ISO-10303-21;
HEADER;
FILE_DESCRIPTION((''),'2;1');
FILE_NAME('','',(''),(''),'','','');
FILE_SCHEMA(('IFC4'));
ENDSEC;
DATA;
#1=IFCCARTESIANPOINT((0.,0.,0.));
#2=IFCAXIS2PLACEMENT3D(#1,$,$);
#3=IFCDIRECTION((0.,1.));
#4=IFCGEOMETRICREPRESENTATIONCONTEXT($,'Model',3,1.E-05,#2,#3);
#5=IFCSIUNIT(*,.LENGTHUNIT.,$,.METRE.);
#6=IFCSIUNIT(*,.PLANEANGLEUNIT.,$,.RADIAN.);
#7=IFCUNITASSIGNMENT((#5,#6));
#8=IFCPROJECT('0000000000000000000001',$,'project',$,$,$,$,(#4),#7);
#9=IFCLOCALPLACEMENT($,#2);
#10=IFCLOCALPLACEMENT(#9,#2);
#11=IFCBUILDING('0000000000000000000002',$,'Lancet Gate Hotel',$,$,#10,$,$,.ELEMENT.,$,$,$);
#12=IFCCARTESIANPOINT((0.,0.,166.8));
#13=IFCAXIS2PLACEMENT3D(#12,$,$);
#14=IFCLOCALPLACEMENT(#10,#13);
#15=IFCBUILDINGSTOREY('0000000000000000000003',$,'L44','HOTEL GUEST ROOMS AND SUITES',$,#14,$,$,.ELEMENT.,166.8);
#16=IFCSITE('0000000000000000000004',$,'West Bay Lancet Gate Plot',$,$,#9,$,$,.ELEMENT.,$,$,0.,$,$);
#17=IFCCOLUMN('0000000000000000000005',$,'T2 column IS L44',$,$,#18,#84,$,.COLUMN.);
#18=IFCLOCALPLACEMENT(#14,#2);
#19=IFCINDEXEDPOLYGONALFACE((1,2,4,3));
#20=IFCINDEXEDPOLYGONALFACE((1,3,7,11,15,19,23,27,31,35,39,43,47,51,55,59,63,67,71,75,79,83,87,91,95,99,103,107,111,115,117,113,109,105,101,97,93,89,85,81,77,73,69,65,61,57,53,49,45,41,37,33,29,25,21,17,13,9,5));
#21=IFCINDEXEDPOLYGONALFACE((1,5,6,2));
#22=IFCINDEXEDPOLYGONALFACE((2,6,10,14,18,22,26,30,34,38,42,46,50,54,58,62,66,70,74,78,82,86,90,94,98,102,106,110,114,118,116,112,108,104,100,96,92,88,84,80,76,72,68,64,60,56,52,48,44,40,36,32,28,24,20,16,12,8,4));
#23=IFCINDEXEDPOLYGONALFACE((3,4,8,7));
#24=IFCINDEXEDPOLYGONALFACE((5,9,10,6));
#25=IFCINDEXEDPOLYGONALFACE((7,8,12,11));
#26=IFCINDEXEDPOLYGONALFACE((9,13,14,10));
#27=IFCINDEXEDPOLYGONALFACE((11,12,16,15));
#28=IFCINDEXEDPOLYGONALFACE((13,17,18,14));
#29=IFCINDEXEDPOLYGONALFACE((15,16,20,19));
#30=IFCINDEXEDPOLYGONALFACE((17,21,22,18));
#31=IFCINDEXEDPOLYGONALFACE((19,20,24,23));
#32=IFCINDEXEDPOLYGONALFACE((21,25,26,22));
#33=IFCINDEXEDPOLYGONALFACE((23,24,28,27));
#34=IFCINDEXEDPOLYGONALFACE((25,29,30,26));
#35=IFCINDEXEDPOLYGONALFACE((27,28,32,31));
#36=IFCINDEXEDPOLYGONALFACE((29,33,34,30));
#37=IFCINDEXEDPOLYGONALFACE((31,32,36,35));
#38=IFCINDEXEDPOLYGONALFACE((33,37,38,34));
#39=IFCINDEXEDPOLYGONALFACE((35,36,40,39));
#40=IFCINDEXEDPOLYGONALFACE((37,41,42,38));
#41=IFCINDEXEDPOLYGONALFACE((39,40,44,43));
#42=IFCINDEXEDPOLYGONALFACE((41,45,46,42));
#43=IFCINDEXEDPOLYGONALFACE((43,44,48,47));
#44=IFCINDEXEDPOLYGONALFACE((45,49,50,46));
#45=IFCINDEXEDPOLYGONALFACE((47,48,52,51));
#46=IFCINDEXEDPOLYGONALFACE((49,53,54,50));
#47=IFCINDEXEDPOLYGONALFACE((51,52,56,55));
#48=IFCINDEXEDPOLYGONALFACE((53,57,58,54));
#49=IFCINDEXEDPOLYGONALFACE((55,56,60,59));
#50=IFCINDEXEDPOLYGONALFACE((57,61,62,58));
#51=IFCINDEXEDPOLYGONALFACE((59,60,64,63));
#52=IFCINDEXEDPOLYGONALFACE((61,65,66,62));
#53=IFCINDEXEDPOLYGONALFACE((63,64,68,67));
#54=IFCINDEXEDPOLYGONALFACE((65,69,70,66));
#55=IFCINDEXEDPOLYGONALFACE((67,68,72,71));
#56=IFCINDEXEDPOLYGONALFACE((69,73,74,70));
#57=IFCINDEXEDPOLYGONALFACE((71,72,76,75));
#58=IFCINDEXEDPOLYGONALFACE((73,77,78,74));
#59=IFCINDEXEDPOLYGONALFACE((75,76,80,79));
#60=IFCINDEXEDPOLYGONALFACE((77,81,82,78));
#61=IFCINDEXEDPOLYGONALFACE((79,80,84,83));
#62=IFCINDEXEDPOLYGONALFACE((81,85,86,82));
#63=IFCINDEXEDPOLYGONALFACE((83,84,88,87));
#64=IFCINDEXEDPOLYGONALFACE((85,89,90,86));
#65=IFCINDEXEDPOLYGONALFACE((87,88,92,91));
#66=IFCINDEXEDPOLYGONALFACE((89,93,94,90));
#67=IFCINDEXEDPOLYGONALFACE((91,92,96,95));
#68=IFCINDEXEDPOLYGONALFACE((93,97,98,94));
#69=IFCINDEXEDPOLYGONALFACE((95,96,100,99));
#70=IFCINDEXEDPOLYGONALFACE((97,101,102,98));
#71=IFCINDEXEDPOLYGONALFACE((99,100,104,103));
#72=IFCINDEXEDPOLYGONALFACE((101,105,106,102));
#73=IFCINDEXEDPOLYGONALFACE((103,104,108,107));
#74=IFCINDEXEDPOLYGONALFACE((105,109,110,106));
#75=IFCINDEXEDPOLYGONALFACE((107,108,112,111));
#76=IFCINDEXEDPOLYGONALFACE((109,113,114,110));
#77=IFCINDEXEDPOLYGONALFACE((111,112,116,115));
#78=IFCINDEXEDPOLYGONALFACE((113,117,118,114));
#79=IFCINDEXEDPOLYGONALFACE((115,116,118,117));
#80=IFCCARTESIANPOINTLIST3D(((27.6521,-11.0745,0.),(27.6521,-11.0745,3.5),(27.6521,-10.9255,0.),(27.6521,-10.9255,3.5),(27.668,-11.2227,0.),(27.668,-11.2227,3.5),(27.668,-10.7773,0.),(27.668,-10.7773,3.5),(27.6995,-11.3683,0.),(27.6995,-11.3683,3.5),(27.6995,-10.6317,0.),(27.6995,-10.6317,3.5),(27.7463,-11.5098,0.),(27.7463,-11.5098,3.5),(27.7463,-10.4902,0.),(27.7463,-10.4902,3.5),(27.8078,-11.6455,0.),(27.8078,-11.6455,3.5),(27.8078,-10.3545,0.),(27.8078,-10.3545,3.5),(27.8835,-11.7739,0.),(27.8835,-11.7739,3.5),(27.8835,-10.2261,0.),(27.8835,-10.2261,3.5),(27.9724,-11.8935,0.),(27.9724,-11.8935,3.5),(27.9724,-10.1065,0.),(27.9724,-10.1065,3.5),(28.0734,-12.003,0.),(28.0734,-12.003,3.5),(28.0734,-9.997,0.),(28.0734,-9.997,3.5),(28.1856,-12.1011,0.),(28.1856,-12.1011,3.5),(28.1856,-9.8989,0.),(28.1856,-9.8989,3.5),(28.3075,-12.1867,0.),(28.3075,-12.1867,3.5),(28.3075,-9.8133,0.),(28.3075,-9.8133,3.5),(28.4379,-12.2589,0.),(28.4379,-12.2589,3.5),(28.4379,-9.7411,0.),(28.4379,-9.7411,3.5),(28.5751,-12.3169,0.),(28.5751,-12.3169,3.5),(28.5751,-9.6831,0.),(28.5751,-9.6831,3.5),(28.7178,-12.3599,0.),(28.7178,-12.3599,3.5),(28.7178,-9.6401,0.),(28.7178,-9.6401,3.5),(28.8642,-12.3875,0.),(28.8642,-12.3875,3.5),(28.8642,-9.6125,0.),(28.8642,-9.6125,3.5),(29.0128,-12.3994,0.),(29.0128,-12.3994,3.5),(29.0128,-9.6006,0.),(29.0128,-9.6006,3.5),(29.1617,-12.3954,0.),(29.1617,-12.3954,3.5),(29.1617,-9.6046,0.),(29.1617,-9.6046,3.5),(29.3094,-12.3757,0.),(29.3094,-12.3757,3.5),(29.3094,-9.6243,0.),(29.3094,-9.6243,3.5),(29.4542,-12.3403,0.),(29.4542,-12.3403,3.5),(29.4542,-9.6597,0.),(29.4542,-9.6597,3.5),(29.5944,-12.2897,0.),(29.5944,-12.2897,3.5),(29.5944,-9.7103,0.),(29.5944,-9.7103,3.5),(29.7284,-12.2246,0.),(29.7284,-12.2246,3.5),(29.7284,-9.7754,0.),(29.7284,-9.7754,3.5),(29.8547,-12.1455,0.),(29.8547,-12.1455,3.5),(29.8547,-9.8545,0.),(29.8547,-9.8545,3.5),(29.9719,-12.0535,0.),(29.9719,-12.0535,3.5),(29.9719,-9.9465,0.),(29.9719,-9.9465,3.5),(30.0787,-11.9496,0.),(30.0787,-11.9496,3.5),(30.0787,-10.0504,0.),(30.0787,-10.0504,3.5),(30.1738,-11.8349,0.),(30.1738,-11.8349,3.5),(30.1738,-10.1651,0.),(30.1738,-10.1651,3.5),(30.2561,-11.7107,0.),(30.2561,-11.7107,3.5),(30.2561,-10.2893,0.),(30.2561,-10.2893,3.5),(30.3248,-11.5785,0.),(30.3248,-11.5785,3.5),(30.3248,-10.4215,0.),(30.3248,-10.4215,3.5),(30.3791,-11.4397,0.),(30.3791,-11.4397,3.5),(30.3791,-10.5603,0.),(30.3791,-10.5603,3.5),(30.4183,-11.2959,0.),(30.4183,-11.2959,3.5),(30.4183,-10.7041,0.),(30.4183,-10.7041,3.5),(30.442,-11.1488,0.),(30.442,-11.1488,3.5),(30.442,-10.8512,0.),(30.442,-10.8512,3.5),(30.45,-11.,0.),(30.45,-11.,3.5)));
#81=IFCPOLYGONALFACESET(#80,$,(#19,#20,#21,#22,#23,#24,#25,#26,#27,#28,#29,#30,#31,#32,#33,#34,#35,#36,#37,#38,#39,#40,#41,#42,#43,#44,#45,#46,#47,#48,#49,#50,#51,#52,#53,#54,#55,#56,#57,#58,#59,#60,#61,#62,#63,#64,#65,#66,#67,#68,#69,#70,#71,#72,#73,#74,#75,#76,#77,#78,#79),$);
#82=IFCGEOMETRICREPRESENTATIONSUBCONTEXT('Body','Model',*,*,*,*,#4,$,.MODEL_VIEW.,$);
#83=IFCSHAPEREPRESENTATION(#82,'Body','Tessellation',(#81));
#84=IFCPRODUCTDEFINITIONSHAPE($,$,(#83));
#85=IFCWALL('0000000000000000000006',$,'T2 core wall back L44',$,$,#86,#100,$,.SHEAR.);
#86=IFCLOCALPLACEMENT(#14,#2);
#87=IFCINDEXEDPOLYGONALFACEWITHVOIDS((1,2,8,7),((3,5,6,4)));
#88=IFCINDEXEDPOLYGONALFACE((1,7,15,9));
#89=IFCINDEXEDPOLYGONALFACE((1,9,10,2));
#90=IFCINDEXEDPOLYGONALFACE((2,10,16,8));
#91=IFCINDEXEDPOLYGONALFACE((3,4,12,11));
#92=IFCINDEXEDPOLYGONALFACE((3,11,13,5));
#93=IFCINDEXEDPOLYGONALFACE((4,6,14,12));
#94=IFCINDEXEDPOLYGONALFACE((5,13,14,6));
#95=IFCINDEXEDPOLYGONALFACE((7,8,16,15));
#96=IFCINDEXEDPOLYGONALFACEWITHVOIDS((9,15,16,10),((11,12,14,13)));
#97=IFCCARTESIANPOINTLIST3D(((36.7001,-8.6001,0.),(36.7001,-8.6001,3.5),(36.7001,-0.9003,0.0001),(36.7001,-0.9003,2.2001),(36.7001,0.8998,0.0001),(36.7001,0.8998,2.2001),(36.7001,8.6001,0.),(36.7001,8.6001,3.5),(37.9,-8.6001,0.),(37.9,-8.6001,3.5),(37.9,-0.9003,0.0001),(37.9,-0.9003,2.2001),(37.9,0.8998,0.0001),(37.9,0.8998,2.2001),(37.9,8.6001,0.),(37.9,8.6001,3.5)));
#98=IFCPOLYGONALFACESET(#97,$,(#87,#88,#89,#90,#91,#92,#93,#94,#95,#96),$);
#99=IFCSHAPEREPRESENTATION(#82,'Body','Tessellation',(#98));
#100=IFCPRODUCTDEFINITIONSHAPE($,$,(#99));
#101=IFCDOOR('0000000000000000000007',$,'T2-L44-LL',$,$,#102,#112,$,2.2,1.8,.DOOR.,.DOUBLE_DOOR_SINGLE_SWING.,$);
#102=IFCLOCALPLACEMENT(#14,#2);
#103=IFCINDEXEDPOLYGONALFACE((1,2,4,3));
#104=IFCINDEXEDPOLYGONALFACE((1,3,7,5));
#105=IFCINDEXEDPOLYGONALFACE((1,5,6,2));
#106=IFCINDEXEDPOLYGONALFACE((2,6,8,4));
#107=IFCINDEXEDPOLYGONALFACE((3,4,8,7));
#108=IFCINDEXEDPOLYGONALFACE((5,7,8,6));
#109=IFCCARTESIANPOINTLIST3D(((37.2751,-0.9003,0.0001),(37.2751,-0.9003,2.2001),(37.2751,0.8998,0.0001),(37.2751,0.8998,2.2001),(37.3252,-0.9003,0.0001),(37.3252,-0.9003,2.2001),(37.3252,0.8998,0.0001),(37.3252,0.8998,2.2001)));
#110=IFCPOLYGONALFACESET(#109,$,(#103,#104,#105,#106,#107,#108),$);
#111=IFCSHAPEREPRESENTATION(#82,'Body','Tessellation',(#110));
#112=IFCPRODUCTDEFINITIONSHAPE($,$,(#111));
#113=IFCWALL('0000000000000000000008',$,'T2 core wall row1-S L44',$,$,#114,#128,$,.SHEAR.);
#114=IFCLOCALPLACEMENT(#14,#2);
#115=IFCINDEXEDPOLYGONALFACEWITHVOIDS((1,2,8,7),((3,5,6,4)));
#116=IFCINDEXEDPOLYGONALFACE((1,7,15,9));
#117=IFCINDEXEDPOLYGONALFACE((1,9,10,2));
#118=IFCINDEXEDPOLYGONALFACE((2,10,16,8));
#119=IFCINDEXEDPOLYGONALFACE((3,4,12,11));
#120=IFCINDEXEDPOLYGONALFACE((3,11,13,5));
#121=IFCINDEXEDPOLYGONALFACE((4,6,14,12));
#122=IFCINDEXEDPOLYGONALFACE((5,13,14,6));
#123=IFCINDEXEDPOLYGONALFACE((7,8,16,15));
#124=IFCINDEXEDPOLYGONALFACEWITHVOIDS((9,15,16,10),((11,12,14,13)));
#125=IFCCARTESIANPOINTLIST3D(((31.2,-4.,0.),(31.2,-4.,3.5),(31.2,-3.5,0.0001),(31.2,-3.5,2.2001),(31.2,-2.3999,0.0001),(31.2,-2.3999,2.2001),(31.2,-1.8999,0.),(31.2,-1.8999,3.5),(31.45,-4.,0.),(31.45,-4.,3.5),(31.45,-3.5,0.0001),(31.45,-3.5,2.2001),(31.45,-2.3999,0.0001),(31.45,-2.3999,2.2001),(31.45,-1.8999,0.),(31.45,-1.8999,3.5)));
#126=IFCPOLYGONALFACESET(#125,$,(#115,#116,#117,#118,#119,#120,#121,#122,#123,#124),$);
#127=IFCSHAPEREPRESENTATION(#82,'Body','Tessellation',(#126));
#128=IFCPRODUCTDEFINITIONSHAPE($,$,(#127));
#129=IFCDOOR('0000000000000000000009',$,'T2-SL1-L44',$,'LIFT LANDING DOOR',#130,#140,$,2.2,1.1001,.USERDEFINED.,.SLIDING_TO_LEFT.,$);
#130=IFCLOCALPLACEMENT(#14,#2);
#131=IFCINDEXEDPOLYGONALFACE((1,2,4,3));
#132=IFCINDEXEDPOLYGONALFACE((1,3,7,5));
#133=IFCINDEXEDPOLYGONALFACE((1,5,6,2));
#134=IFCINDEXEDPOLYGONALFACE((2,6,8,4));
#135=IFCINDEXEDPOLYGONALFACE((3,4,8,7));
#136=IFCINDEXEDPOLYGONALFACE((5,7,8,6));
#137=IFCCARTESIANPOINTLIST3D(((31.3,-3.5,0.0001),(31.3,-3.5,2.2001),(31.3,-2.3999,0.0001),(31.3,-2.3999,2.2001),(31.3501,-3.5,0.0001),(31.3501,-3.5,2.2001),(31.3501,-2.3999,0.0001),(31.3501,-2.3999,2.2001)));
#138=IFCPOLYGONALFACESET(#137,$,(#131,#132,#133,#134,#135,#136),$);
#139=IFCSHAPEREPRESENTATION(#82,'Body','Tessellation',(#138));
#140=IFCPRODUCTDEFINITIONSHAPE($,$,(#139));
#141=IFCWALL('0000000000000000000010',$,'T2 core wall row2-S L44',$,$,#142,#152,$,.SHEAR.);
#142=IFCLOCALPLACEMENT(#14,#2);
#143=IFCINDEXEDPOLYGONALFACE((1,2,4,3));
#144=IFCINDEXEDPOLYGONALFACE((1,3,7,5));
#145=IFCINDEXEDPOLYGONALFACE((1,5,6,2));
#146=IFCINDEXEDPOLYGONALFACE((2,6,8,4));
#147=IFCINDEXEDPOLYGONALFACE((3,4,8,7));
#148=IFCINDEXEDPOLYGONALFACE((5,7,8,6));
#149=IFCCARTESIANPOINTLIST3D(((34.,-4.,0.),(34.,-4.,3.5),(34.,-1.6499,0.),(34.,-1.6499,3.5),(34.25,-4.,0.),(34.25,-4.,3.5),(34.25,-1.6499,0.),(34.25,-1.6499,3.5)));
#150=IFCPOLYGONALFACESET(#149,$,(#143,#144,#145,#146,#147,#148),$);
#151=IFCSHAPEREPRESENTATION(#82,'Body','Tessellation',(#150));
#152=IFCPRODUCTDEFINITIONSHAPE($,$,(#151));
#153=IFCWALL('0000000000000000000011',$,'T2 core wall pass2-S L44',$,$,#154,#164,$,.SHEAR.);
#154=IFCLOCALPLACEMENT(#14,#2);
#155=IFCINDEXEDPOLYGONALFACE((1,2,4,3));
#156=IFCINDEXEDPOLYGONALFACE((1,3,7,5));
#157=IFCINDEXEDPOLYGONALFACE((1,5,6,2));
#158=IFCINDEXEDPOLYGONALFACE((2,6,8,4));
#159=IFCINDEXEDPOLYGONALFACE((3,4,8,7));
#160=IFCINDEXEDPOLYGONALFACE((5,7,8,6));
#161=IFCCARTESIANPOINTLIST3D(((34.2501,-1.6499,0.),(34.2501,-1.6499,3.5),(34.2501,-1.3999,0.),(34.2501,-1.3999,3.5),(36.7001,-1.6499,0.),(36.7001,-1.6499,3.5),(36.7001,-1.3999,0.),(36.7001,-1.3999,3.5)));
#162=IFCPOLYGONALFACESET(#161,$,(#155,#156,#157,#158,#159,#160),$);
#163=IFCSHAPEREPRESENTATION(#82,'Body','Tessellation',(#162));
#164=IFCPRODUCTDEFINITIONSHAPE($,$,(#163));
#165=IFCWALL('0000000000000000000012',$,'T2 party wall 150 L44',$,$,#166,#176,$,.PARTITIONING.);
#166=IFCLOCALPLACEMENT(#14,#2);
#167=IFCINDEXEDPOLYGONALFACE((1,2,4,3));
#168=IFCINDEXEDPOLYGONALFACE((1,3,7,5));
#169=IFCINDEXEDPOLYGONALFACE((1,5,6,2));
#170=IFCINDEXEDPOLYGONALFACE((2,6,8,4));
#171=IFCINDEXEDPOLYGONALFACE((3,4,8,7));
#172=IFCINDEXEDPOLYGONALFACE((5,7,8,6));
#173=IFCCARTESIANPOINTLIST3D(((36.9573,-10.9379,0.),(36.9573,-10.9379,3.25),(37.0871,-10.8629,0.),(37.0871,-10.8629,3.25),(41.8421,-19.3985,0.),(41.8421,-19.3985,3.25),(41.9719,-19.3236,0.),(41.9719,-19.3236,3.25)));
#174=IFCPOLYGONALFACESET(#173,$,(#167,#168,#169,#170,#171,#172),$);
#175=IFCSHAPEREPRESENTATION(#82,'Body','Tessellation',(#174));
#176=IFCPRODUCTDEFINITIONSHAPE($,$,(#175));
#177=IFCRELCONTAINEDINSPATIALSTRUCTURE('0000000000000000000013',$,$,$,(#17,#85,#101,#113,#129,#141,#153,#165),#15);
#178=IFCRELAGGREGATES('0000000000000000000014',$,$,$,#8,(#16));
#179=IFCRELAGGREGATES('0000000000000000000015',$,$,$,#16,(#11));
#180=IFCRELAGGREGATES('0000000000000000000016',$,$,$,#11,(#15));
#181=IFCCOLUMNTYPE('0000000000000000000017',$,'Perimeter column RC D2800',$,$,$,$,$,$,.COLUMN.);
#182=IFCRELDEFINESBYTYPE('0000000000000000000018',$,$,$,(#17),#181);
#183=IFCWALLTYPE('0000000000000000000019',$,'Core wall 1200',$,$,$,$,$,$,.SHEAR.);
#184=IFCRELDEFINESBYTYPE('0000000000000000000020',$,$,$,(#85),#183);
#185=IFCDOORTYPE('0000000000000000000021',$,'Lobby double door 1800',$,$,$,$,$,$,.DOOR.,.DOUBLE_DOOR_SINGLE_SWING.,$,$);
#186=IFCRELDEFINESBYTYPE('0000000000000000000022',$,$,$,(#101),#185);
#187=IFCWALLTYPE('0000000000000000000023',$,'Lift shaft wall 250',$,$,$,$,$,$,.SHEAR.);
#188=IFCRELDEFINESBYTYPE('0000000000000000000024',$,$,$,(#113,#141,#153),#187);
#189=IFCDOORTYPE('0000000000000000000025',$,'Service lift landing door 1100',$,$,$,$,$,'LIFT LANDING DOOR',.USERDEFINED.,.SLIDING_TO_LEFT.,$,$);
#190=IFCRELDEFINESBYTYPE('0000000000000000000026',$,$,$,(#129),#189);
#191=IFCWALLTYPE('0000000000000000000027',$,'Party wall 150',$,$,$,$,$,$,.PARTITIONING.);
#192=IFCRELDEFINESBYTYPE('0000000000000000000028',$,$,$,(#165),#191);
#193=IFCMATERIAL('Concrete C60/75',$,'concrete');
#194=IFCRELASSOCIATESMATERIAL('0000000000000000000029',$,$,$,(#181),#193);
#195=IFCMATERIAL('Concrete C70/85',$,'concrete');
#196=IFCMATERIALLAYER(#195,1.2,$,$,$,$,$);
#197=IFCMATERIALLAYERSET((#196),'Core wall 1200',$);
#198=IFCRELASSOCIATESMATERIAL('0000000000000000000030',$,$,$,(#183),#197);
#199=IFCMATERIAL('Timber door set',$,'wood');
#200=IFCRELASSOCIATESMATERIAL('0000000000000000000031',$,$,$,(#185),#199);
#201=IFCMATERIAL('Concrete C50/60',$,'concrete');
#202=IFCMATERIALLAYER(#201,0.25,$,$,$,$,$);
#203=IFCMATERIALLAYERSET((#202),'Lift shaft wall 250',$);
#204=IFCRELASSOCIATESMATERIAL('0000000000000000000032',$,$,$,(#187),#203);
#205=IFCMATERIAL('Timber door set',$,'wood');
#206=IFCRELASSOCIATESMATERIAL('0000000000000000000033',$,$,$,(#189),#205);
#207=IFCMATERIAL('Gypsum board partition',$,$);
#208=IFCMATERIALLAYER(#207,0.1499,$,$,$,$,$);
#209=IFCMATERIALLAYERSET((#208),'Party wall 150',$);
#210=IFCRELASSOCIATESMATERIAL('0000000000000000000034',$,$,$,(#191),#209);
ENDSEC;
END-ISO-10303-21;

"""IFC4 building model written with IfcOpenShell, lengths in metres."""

from ifc_helpers import new_model, si_unit, direction, frame, frame_2d, origin, origin_2d, place, context, subcontext, project, spatial, rectangle, circle, extrude, material, layer, layer_set, material_profile, profile_set, type_object, element, fill, save


model = new_model("IFC4")

# Units and contexts
model_context = context("Model", 3, precision=1e-05, world=origin(), true_north=direction((0.0, 1.0)))
body_context = subcontext(model_context, "Body", "Model", "MODEL_VIEW")
ifc_project = project(units=[si_unit("LENGTHUNIT", "METRE"), si_unit("PLANEANGLEUNIT", "RADIAN")], contexts=[model_context])

# Site, building, storey
site_placement = place(None, origin())
site = spatial("IfcSite", under=ifc_project, at=site_placement, Name="West Bay Lancet Gate Plot", CompositionType="ELEMENT", RefElevation=0.0)
building_placement = place(site_placement, origin())
building = spatial("IfcBuilding", under=site, at=building_placement, Name="Lancet Gate Hotel", CompositionType="ELEMENT")
storey_placement = place(building_placement, frame((0.0, 0.0, 166.8)))
storey = spatial("IfcBuildingStorey", under=building, at=storey_placement, Name="L44", Description="HOTEL GUEST ROOMS AND SUITES", CompositionType="ELEMENT", Elevation=166.8)

# Column
ifc_material_1 = material(Name="Concrete C60/75", Category="concrete")
ifc_material_profile = material_profile(ifc_material_1, circle(Radius=1.3999, at=origin_2d()), Name="RC D2800")
ifc_profile_set = profile_set([ifc_material_profile], Name="Concrete C60/75")
column_type = type_object("IfcColumnType", Name="Perimeter column RC D2800", PredefinedType="COLUMN", material=ifc_profile_set)
column_placement = place(storey_placement, frame((29.05, -11.0, 0.0), z_axis=(0.0, 0.0, 1.0), x_axis=(1.0, 0.0, 0.0)))
element("IfcColumn", 1, at=column_placement, inside=storey, type_object=column_type, Name="T2 column IS L44", PredefinedType="COLUMN", context=body_context, shape_type="SweptSolid", body=[
    extrude(circle(Radius=1.3999, at=origin_2d()), origin(), (0.0, 0.0, 1.0), 3.5),
])

# Walls, openings, doors
ifc_material_2 = material(Name="Concrete C70/85", Category="concrete")
ifc_layer_1 = layer(ifc_material_2, 1.2)
ifc_layer_set_1 = layer_set([ifc_layer_1], Name="Core wall 1200")
wall_type_1 = type_object("IfcWallType", Name="Core wall 1200", PredefinedType="SHEAR", material=ifc_layer_set_1)
wall_1_placement = place(storey_placement, frame((37.3, -8.6001, 0.0), z_axis=(0.0, 0.0, 1.0), x_axis=(0.0, 1.0, 0.0)))
wall_1 = element("IfcWall", 2, at=wall_1_placement, inside=storey, type_object=wall_type_1, Name="T2 core wall back L44", PredefinedType="SHEAR", context=body_context, shape_type="SweptSolid", body=[
    extrude(rectangle(XDim=17.2002, YDim=1.2, at=frame_2d((8.6001, 0.0))), origin(), (0.0, 0.0, 1.0), 3.5),
])
opening_1_placement = place(wall_1_placement, frame((7.7, 0.0, 0.0)))
opening_1 = element("IfcOpeningElement", 3, at=opening_1_placement, cuts=wall_1, PredefinedType="OPENING", context=body_context, shape_type="SweptSolid", body=[
    extrude(rectangle(XDim=1.8, YDim=2.2, at=frame_2d((0.8999, 1.1001))), frame((0.0, 0.6099, 0.0), z_axis=(0.0, -1.0, 0.0), x_axis=(1.0, 0.0, 0.0)), (0.0, 0.0, 1.0), 1.22),
])
ifc_material_3 = material(Name="Timber door set", Category="wood")
door_type_1 = type_object("IfcDoorType", Name="Lobby double door 1800", OperationType="DOUBLE_DOOR_SINGLE_SWING", PredefinedType="DOOR", material=ifc_material_3)
door_1_placement = place(opening_1_placement, origin())
door_1 = element("IfcDoor", 4, at=door_1_placement, inside=storey, type_object=door_type_1, Name="T2-L44-LL", OperationType="DOUBLE_DOOR_SINGLE_SWING", OverallHeight=2.2, OverallWidth=1.8, PredefinedType="DOOR", context=body_context, shape_type="SweptSolid", body=[
    extrude(rectangle(XDim=1.8, YDim=2.2, at=frame_2d((0.8999, 1.1001))), frame((0.0, 0.0249, 0.0), z_axis=(0.0, -1.0, 0.0), x_axis=(1.0, 0.0, 0.0)), (0.0, 0.0, 1.0), 0.05),
])
fill(opening_1, door_1)
ifc_material_4 = material(Name="Concrete C50/60", Category="concrete")
ifc_layer_2 = layer(ifc_material_4, 0.25)
ifc_layer_set_2 = layer_set([ifc_layer_2], Name="Lift shaft wall 250")
wall_type_2 = type_object("IfcWallType", Name="Lift shaft wall 250", PredefinedType="SHEAR", material=ifc_layer_set_2)
wall_2_placement = place(storey_placement, frame((31.325, -4.0, 0.0), z_axis=(0.0, 0.0, 1.0), x_axis=(0.0, 1.0, 0.0)))
wall_2 = element("IfcWall", 5, at=wall_2_placement, inside=storey, type_object=wall_type_2, Name="T2 core wall row1-S L44", PredefinedType="SHEAR", context=body_context, shape_type="SweptSolid", body=[
    extrude(rectangle(XDim=2.1001, YDim=0.25, at=frame_2d((1.05, 0.0))), origin(), (0.0, 0.0, 1.0), 3.5),
])
opening_2_placement = place(wall_2_placement, frame((0.5, 0.0, 0.0)))
opening_2 = element("IfcOpeningElement", 6, at=opening_2_placement, cuts=wall_2, PredefinedType="OPENING", context=body_context, shape_type="SweptSolid", body=[
    extrude(rectangle(XDim=1.1001, YDim=2.2, at=frame_2d((0.55, 1.1001))), frame((0.0, 0.135, 0.0), z_axis=(0.0, -1.0, 0.0), x_axis=(1.0, 0.0, 0.0)), (0.0, 0.0, 1.0), 0.27),
])
ifc_material_5 = material(Name="Timber door set", Category="wood")
door_type_2 = type_object("IfcDoorType", Name="Service lift landing door 1100", ElementType="LIFT LANDING DOOR", OperationType="SLIDING_TO_LEFT", PredefinedType="USERDEFINED", material=ifc_material_5)
door_2_placement = place(opening_2_placement, origin())
door_2 = element("IfcDoor", 7, at=door_2_placement, inside=storey, type_object=door_type_2, Name="T2-SL1-L44", ObjectType="LIFT LANDING DOOR", OperationType="SLIDING_TO_LEFT", OverallHeight=2.2, OverallWidth=1.1001, PredefinedType="USERDEFINED", context=body_context, shape_type="SweptSolid", body=[
    extrude(rectangle(XDim=1.1001, YDim=2.2, at=frame_2d((0.55, 1.1001))), frame((0.0, 0.0249, 0.0), z_axis=(0.0, -1.0, 0.0), x_axis=(1.0, 0.0, 0.0)), (0.0, 0.0, 1.0), 0.05),
])
fill(opening_2, door_2)

# Walls
wall_3_placement = place(storey_placement, frame((34.125, -4.0, 0.0), z_axis=(0.0, 0.0, 1.0), x_axis=(0.0, 1.0, 0.0)))
element("IfcWall", 8, at=wall_3_placement, inside=storey, type_object=wall_type_2, Name="T2 core wall row2-S L44", PredefinedType="SHEAR", context=body_context, shape_type="SweptSolid", body=[
    extrude(rectangle(XDim=2.3501, YDim=0.25, at=frame_2d((1.175, 0.0))), origin(), (0.0, 0.0, 1.0), 3.5),
])
wall_4_placement = place(storey_placement, frame((34.25, -1.5249, 0.0), z_axis=(0.0, 0.0, 1.0), x_axis=(1.0, 0.0, 0.0)))
element("IfcWall", 9, at=wall_4_placement, inside=storey, type_object=wall_type_2, Name="T2 core wall pass2-S L44", PredefinedType="SHEAR", context=body_context, shape_type="SweptSolid", body=[
    extrude(rectangle(XDim=2.45, YDim=0.25, at=frame_2d((1.2251, 0.0))), origin(), (0.0, 0.0, 1.0), 3.5),
])
ifc_material_6 = material(Name="Gypsum board partition")
ifc_layer_3 = layer(ifc_material_6, 0.1499)
ifc_layer_set_3 = layer_set([ifc_layer_3], Name="Party wall 150")
wall_type_3 = type_object("IfcWallType", Name="Party wall 150", PredefinedType="PARTITIONING", material=ifc_layer_set_3)
wall_5_placement = place(storey_placement, frame((37.0222, -10.9004, 0.0), z_axis=(0.0, 0.0, 1.0), x_axis=(0.499999, -0.866026, 0.0)))
element("IfcWall", 10, at=wall_5_placement, inside=storey, type_object=wall_type_3, Name="T2 party wall 150 L44", PredefinedType="PARTITIONING", context=body_context, shape_type="SweptSolid", body=[
    extrude(rectangle(XDim=9.7695, YDim=0.1499, at=frame_2d((4.8848, 0.0))), origin(), (0.0, 0.0, 1.0), 3.25),
])

save(model, "model.ifc")
